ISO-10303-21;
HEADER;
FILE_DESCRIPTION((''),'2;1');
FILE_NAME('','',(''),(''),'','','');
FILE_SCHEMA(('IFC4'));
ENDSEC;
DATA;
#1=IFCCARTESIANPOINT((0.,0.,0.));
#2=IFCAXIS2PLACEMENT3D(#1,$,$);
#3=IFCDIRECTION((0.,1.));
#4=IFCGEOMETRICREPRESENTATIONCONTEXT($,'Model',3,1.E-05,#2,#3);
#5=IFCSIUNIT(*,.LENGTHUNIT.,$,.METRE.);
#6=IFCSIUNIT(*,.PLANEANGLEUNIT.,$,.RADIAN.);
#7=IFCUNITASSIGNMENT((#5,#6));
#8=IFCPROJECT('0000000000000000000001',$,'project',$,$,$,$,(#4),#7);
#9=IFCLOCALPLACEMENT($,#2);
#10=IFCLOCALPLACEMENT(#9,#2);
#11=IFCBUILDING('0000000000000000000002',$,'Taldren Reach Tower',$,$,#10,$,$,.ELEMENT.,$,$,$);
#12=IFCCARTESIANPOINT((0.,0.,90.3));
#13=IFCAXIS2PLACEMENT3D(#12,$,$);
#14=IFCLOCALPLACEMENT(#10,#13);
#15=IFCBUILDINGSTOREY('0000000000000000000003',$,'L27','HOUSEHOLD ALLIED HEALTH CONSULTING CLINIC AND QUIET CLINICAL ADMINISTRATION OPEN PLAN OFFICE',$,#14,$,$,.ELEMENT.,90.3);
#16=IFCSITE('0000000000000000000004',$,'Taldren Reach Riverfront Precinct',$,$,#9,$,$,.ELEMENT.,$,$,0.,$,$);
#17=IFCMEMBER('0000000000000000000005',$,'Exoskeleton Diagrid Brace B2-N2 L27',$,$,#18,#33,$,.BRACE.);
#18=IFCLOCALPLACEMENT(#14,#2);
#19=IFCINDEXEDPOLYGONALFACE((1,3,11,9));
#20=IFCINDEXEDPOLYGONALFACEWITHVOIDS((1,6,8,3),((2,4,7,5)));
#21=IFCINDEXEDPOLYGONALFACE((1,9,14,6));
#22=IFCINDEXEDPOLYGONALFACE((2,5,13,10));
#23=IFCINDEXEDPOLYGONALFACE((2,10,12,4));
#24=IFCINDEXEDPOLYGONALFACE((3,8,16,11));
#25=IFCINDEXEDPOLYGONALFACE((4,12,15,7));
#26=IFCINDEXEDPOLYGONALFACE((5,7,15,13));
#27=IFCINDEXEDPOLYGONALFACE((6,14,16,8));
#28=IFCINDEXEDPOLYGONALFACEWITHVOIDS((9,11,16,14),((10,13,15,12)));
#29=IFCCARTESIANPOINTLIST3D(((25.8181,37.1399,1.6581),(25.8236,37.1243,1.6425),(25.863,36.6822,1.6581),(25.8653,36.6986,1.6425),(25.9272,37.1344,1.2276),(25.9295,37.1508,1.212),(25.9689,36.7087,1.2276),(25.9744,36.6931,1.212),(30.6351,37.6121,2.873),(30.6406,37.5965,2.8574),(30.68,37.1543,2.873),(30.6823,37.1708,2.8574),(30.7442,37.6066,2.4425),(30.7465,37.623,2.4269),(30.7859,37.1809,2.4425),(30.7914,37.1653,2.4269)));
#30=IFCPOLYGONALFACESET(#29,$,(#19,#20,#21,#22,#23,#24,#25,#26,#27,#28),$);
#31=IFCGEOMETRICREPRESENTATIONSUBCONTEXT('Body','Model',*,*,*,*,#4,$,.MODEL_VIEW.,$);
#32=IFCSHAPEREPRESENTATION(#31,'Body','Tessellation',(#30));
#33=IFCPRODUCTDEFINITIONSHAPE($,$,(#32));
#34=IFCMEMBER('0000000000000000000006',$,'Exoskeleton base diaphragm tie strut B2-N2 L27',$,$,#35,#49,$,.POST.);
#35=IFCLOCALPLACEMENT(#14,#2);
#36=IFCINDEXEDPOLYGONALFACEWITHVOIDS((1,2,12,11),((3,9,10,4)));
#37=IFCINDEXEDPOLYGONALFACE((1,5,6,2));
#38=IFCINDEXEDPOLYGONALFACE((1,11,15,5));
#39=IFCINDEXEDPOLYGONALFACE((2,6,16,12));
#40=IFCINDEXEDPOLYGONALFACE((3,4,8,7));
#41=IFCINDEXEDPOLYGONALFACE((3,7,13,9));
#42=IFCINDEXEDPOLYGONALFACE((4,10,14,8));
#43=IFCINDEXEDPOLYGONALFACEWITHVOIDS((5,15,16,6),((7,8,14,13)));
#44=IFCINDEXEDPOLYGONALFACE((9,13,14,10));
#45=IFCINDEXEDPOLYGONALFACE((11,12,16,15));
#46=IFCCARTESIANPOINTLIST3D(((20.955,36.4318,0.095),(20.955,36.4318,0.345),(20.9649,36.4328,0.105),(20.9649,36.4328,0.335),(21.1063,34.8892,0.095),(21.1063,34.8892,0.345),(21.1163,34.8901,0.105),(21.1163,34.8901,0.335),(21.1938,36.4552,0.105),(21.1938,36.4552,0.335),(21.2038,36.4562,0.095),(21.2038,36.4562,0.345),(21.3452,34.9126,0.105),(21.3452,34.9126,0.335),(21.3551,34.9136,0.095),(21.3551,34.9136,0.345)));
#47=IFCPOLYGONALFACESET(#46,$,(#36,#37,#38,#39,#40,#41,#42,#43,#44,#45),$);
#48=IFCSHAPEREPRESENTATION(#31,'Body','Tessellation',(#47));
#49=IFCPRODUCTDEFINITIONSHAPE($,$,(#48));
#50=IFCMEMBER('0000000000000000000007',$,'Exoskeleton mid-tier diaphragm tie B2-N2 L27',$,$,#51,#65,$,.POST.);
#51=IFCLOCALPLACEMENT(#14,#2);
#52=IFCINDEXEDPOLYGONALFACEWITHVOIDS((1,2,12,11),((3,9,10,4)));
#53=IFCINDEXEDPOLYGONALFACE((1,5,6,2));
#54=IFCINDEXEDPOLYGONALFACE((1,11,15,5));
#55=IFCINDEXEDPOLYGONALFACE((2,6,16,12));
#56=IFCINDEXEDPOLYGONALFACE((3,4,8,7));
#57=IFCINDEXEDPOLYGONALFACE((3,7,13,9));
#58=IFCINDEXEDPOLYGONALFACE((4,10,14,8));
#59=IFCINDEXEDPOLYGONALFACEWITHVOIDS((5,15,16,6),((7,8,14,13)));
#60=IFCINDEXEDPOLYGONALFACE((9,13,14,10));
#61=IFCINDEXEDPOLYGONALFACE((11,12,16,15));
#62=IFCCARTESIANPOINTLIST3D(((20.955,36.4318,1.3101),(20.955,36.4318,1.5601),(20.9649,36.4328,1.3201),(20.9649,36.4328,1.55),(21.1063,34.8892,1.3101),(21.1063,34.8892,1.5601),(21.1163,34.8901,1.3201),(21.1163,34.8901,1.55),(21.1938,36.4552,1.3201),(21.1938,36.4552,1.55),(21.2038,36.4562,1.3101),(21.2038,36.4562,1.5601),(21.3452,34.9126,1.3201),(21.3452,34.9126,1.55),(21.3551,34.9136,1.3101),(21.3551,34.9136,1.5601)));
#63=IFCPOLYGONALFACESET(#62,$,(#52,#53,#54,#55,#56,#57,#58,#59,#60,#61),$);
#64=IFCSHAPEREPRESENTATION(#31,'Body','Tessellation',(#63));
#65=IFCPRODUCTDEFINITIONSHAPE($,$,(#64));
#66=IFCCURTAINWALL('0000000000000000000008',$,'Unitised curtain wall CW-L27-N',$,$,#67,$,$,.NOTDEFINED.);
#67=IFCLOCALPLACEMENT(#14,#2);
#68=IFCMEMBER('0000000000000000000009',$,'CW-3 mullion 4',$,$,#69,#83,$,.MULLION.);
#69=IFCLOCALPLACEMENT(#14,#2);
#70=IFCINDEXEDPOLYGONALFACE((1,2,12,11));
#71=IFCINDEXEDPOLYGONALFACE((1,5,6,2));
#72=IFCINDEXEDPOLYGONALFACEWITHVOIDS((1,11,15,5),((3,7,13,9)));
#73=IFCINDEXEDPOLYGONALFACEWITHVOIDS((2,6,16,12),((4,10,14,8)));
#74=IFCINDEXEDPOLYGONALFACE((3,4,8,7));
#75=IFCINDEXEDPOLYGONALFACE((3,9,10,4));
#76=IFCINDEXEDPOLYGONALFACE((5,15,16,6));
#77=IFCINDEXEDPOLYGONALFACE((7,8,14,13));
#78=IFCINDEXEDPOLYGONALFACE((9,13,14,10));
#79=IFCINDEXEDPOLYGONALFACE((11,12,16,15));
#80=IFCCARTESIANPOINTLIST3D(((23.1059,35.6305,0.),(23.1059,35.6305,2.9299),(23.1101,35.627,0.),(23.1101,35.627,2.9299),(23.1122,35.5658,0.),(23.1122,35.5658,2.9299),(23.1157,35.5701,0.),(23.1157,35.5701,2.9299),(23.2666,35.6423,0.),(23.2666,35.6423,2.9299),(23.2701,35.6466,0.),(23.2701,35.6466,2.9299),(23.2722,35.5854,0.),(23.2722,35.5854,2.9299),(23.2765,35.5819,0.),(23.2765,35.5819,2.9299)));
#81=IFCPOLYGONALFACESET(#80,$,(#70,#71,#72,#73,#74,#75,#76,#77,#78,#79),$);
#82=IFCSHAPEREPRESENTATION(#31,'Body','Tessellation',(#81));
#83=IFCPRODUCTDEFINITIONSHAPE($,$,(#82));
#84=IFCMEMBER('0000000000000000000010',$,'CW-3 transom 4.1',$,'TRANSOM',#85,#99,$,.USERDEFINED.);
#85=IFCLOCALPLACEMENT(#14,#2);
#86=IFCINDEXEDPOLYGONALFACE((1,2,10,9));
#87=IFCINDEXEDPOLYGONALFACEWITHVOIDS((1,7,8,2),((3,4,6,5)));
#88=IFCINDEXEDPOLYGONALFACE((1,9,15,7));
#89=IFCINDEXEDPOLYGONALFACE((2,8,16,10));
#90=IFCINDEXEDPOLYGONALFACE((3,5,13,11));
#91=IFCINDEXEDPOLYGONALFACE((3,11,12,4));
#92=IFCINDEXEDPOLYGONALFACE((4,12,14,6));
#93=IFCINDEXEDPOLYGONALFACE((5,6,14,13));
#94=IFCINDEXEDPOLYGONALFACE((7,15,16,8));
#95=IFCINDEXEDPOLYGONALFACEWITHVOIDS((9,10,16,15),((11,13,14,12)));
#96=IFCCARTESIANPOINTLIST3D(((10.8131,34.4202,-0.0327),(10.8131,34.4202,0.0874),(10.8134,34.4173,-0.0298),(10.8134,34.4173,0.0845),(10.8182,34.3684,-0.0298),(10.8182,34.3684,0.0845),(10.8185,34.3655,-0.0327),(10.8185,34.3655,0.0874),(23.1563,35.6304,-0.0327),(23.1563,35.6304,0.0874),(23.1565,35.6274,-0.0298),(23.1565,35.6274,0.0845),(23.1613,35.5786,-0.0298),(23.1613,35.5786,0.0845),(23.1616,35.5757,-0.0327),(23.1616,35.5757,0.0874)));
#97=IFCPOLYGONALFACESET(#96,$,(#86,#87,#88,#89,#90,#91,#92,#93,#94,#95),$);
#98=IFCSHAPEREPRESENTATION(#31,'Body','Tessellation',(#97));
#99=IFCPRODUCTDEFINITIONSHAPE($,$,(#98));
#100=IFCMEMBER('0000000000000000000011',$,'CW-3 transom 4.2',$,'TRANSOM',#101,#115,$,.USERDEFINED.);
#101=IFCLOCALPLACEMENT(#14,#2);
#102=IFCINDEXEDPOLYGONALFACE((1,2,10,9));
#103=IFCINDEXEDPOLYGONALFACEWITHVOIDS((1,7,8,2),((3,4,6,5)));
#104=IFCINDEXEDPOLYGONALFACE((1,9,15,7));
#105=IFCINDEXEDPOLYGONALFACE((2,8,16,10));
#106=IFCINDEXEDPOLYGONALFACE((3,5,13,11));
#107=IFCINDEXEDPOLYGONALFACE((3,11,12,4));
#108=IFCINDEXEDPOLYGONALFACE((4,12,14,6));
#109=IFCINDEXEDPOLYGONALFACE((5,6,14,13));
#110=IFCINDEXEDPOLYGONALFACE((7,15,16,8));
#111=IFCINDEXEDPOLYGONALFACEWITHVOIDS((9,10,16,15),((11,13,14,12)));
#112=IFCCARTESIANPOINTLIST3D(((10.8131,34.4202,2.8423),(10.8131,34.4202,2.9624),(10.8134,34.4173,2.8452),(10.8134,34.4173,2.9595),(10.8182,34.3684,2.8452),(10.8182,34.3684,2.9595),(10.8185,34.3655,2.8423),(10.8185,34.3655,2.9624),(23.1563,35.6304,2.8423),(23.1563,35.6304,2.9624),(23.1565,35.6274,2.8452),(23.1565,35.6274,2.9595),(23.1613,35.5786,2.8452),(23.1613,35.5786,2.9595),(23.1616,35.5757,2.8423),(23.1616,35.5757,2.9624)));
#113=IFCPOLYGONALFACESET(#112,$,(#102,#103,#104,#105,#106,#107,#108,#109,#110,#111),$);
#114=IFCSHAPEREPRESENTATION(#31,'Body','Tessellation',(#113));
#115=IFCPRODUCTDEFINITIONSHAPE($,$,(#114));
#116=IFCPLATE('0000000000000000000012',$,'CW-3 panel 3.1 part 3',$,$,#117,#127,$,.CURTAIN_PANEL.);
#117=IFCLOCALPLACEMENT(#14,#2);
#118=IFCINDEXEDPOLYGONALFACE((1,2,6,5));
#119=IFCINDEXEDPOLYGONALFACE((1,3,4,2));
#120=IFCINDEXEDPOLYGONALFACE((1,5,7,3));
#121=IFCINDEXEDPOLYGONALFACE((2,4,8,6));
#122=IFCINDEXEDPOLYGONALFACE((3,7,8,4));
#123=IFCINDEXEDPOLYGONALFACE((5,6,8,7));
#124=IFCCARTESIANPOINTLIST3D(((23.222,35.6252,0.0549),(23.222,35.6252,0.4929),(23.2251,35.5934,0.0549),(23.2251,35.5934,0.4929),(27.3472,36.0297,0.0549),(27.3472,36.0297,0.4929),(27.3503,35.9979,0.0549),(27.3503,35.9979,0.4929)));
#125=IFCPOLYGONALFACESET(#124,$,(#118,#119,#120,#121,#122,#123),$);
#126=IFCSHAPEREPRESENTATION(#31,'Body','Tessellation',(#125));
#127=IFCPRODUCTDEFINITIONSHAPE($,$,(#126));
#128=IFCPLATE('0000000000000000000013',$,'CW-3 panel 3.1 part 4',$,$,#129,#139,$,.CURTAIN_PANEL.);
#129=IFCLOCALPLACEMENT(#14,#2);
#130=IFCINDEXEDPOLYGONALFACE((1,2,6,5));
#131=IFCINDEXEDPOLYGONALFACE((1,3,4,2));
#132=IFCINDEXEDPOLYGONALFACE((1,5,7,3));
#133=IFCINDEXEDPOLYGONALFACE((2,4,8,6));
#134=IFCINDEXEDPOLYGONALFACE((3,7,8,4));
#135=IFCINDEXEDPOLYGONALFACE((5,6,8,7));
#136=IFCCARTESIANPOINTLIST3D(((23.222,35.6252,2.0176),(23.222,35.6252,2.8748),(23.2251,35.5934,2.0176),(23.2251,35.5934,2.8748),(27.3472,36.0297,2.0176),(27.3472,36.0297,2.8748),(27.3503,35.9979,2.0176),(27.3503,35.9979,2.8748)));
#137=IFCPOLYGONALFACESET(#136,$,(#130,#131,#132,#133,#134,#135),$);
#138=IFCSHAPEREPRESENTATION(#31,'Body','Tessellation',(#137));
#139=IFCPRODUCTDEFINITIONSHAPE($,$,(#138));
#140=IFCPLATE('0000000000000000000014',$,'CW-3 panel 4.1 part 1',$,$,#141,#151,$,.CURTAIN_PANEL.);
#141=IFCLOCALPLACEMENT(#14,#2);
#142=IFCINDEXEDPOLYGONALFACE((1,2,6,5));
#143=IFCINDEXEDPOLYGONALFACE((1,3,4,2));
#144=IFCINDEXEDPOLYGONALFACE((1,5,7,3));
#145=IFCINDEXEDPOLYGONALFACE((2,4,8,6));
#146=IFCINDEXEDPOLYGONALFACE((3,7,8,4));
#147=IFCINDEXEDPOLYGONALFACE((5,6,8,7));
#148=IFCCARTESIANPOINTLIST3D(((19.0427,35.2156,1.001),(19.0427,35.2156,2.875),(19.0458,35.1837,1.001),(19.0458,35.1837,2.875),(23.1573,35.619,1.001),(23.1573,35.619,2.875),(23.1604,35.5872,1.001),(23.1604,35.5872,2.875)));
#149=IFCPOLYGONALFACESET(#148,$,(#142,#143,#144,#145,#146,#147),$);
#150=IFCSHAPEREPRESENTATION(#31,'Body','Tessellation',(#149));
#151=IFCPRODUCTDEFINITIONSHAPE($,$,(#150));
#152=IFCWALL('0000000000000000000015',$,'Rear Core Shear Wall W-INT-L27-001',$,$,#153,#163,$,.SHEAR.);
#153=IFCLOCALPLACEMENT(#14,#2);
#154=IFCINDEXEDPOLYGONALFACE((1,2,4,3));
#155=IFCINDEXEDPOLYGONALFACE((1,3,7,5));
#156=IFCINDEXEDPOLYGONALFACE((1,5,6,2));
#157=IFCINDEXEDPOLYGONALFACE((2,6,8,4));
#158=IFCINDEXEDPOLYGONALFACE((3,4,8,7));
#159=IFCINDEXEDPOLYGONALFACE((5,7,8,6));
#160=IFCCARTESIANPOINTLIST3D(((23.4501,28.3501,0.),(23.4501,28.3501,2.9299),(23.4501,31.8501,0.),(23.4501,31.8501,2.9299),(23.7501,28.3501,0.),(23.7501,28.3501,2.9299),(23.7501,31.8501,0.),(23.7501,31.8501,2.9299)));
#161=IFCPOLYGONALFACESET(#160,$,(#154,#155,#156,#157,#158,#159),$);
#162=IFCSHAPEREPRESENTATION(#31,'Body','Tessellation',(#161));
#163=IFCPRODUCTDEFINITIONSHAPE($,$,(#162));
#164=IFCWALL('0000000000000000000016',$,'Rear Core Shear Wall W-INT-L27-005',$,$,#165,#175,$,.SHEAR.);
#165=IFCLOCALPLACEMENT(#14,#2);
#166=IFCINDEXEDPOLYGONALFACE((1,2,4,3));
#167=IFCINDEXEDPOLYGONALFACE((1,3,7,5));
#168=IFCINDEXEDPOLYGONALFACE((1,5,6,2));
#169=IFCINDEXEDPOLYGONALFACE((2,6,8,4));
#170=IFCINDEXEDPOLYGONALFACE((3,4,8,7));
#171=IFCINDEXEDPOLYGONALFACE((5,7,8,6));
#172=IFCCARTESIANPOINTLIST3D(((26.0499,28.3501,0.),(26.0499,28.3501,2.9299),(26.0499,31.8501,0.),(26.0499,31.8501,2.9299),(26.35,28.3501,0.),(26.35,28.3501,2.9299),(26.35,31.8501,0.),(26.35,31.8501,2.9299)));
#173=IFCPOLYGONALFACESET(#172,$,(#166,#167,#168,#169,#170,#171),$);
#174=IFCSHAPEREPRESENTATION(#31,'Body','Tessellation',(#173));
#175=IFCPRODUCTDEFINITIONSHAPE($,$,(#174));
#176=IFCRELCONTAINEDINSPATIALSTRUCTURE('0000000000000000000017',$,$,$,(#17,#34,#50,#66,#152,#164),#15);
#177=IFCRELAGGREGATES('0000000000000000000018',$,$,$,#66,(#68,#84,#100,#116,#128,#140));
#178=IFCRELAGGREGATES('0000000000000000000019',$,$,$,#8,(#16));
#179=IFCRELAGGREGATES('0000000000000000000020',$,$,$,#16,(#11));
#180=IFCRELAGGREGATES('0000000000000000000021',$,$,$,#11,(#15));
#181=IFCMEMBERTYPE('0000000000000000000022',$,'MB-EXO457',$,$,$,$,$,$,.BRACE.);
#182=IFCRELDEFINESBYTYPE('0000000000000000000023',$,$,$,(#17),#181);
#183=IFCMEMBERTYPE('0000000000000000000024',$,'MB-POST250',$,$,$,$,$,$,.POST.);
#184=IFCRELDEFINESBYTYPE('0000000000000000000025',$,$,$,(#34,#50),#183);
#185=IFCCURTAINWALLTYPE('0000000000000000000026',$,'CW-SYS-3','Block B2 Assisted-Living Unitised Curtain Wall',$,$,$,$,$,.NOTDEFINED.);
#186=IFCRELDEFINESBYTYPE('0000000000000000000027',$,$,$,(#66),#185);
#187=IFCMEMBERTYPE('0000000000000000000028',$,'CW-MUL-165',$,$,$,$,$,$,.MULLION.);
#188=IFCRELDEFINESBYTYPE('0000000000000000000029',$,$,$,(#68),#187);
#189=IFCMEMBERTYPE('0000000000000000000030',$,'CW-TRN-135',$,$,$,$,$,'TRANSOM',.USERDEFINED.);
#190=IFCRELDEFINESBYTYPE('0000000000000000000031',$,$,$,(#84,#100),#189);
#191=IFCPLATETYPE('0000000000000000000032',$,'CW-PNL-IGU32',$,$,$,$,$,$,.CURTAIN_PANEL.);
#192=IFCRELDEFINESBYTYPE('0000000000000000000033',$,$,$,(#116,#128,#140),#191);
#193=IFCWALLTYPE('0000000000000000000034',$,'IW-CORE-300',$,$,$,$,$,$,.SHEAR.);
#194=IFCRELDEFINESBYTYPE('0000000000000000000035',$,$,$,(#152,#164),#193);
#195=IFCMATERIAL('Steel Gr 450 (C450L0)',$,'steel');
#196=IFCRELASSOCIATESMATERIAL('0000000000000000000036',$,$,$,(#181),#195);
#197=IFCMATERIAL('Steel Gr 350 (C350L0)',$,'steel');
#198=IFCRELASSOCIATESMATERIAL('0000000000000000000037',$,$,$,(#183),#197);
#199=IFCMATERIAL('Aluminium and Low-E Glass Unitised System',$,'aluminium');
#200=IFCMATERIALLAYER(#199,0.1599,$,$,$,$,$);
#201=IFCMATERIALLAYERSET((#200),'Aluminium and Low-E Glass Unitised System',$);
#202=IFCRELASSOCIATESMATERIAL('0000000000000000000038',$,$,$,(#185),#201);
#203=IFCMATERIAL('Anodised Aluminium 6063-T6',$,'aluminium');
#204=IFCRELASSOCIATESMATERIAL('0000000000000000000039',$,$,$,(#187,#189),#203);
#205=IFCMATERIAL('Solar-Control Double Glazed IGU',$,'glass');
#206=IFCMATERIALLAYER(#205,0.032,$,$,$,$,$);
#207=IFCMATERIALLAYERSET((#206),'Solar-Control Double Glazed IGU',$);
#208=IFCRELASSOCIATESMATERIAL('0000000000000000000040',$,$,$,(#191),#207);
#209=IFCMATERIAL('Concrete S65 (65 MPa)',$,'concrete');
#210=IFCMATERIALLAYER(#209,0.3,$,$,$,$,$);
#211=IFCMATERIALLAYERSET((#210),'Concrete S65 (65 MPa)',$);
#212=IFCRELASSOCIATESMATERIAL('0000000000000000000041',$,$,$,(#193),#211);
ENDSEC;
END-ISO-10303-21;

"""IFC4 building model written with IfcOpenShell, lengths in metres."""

from ifc_helpers import new_model, si_unit, direction, frame, frame_2d, origin, origin_2d, place, context, subcontext, project, spatial, rectangle, hollow_rectangle, extrude, source, transform, mapped, material, layer, layer_set, material_profile, profile_set, type_object, element, aggregate, save


model = new_model("IFC4")

# Units and contexts
model_context = context("Model", 3, precision=1e-05, world=origin(), true_north=direction((0.0, 1.0)))
body_context = subcontext(model_context, "Body", "Model", "MODEL_VIEW")
ifc_project = project(units=[si_unit("LENGTHUNIT", "METRE"), si_unit("PLANEANGLEUNIT", "RADIAN")], contexts=[model_context])

# Site, building, storey
site_placement = place(None, origin())
site = spatial("IfcSite", under=ifc_project, at=site_placement, Name="Taldren Reach Riverfront Precinct", CompositionType="ELEMENT", RefElevation=0.0)
building_placement = place(site_placement, origin())
building = spatial("IfcBuilding", under=site, at=building_placement, Name="Taldren Reach Tower", CompositionType="ELEMENT")
storey_placement = place(building_placement, frame((0.0, 0.0, 90.3)))
storey = spatial("IfcBuildingStorey", under=building, at=storey_placement, Name="L27", Description="HOUSEHOLD ALLIED HEALTH CONSULTING CLINIC AND QUIET CLINICAL ADMINISTRATION OPEN PLAN OFFICE", CompositionType="ELEMENT", Elevation=90.3)

# Shared definitions
ifc_material_1 = material(Name="Concrete S65 (65 MPa)", Category="concrete")

# Members
ifc_material_2 = material(Name="Steel Gr 450 (C450L0)", Category="steel")
ifc_material_profile_1 = material_profile(ifc_material_2, hollow_rectangle(XDim=0.46, YDim=0.46, WallThickness=0.0161, at=origin_2d()), Name="460x460x16.0SHS")
ifc_profile_set_1 = profile_set([ifc_material_profile_1], Name="Steel Gr 450 (C450L0)")
member_type_1 = type_object("IfcMemberType", Name="MB-EXO457", PredefinedType="BRACE", material=ifc_profile_set_1)
shared_shape_1 = source(origin(), body_context, "Body", "SweptSolid", [
    extrude(hollow_rectangle(XDim=0.46, YDim=0.46, WallThickness=0.0161, at=origin_2d()), origin(), (0.0, 0.0, 1.0), 4.9902),
])
member_1_placement = place(storey_placement, frame((25.8962, 36.9165, 1.4351), z_axis=(0.965287, 0.094621, 0.24345), x_axis=(-0.097556, 0.99523, 0.0)))
element("IfcMember", 1, at=member_1_placement, inside=storey, type_object=member_type_1, Name="Exoskeleton Diagrid Brace B2-N2 L27", PredefinedType="BRACE", context=body_context, shape_type="MappedRepresentation", body=[
    mapped(shared_shape_1, transform((0.0, 0.0, 0.0), scale=1.0)),
])
ifc_material_3 = material(Name="Steel Gr 350 (C350L0)", Category="steel")
ifc_material_profile_2 = material_profile(ifc_material_3, hollow_rectangle(XDim=0.25, YDim=0.25, WallThickness=0.01, at=origin_2d()), Name="250x250x10.0SHS")
ifc_profile_set_2 = profile_set([ifc_material_profile_2], Name="Steel Gr 350 (C350L0)")
member_type_2 = type_object("IfcMemberType", Name="MB-POST250", PredefinedType="POST", material=ifc_profile_set_2)
shared_shape_2 = source(origin(), body_context, "Body", "SweptSolid", [
    extrude(hollow_rectangle(XDim=0.25, YDim=0.25, WallThickness=0.01, at=origin_2d()), origin(), (0.0, 0.0, 1.0), 1.55),
])
for number, where, z_axis, x_axis, name in (
    (2, (21.2307, 34.9014, 0.22), (-0.097648, 0.995221, 0.0), (-0.995221, -0.097648, 0.0), "Exoskeleton base diaphragm tie strut B2-N2 L27"),
    (3, (21.2307, 34.9014, 1.4351), (-0.097648, 0.995221, 0.0), (-0.995221, -0.097648, 0.0), "Exoskeleton mid-tier diaphragm tie B2-N2 L27"),
):
    element("IfcMember", number, at=place(storey_placement, frame(where, z_axis=z_axis, x_axis=x_axis)), inside=storey, type_object=member_type_2, Name=name, PredefinedType="POST", context=body_context, shape_type="MappedRepresentation", body=[
        mapped(shared_shape_2, transform((0.0, 0.0, 0.0), scale=1.0)),
    ])

# Curtain wall, members, plates
ifc_material_4 = material(Name="Aluminium and Low-E Glass Unitised System", Category="aluminium")
ifc_layer_1 = layer(ifc_material_4, 0.1599)
ifc_layer_set_1 = layer_set([ifc_layer_1], Name="Aluminium and Low-E Glass Unitised System")
curtain_wall_type = type_object("IfcCurtainWallType", Name="CW-SYS-3", Description="Block B2 Assisted-Living Unitised Curtain Wall", PredefinedType="NOTDEFINED", material=ifc_layer_set_1)
curtain_wall_placement = place(storey_placement, origin())
curtain_wall = element("IfcCurtainWall", 4, at=curtain_wall_placement, inside=storey, type_object=curtain_wall_type, Name="Unitised curtain wall CW-L27-N", PredefinedType="NOTDEFINED")
ifc_material_5 = material(Name="Anodised Aluminium 6063-T6", Category="aluminium")
ifc_material_profile_3 = material_profile(ifc_material_5, hollow_rectangle(XDim=0.0649, YDim=0.165, WallThickness=0.0039, at=origin_2d()), Name="ALU-165x65x4RHS")
ifc_profile_set_3 = profile_set([ifc_material_profile_3], Name="Anodised Aluminium 6063-T6")
member_type_3 = type_object("IfcMemberType", Name="CW-MUL-165", PredefinedType="MULLION", material=ifc_profile_set_3)
shared_shape_3 = source(origin(), body_context, "Body", "SweptSolid", [
    extrude(hollow_rectangle(XDim=0.0649, YDim=0.165, WallThickness=0.0039, at=origin_2d()), origin(), (0.0, 0.0, 1.0), 2.9299),
])
member_2_placement = place(storey_placement, frame((23.1912, 35.6062, 0.0), z_axis=(0.0, 0.0, 1.0), x_axis=(0.097583, -0.995227, 0.0)))
member_2 = element("IfcMember", 5, at=member_2_placement, type_object=member_type_3, Name="CW-3 mullion 4", PredefinedType="MULLION", context=body_context, shape_type="MappedRepresentation", body=[
    mapped(shared_shape_3, transform((0.0, 0.0, 0.0), scale=1.0)),
])
ifc_material_profile_4 = material_profile(ifc_material_5, hollow_rectangle(XDim=0.0549, YDim=0.1201, WallThickness=0.0029, at=origin_2d()), Name="ALU-120x55x3RHS")
ifc_profile_set_4 = profile_set([ifc_material_profile_4], Name="Anodised Aluminium 6063-T6")
member_type_4 = type_object("IfcMemberType", Name="CW-TRN-135", ElementType="TRANSOM", PredefinedType="USERDEFINED", material=ifc_profile_set_4)
shared_shape_4 = source(origin(), body_context, "Body", "SweptSolid", [
    extrude(hollow_rectangle(XDim=0.0549, YDim=0.1201, WallThickness=0.0029, at=origin_2d()), origin(), (0.0, 0.0, 1.0), 12.4023),
])
member_3_placement = place(storey_placement, frame((23.1589, 35.603, 0.0273), z_axis=(-0.995228, -0.097578, 0.0), x_axis=(0.097578, -0.995228, 0.0)))
member_3 = element("IfcMember", 6, at=member_3_placement, type_object=member_type_4, Name="CW-3 transom 4.1", ObjectType="TRANSOM", PredefinedType="USERDEFINED", context=body_context, shape_type="MappedRepresentation", body=[
    mapped(shared_shape_4, transform((0.0, 0.0, 0.0), scale=1.0)),
])
member_4_placement = place(storey_placement, frame((23.1589, 35.603, 2.9023), z_axis=(-0.995228, -0.097578, 0.0), x_axis=(0.097578, -0.995228, 0.0)))
member_4 = element("IfcMember", 7, at=member_4_placement, type_object=member_type_4, Name="CW-3 transom 4.2", ObjectType="TRANSOM", PredefinedType="USERDEFINED", context=body_context, shape_type="MappedRepresentation", body=[
    mapped(shared_shape_4, transform((0.0, 0.0, 0.0), scale=1.0)),
])
ifc_material_6 = material(Name="Solar-Control Double Glazed IGU", Category="glass")
ifc_layer_2 = layer(ifc_material_6, 0.032)
ifc_layer_set_2 = layer_set([ifc_layer_2], Name="Solar-Control Double Glazed IGU")
plate_type = type_object("IfcPlateType", Name="CW-PNL-IGU32", PredefinedType="CURTAIN_PANEL", material=ifc_layer_set_2)
shared_shape_5 = source(origin(), body_context, "Body", "SweptSolid", [
    extrude(rectangle(XDim=4.145, YDim=0.032, at=origin_2d()), origin(), (0.0, 0.0, 1.0), 0.438),
])
plate_1_placement = place(storey_placement, frame((25.2861, 35.8115, 0.0549), z_axis=(0.0, 0.0, 1.0), x_axis=(-0.995227, -0.097583, 0.0)))
plate_1 = element("IfcPlate", 8, at=plate_1_placement, type_object=plate_type, Name="CW-3 panel 3.1 part 3", PredefinedType="CURTAIN_PANEL", context=body_context, shape_type="MappedRepresentation", body=[
    mapped(shared_shape_5, transform((0.0, 0.0, 0.0), scale=1.0)),
])
shared_shape_6 = source(origin(), body_context, "Body", "SweptSolid", [
    extrude(rectangle(XDim=4.145, YDim=0.032, at=origin_2d()), origin(), (0.0, 0.0, 1.0), 0.8572),
])
plate_2_placement = place(storey_placement, frame((25.2861, 35.8115, 2.0176), z_axis=(0.0, 0.0, 1.0), x_axis=(-0.995227, -0.097583, 0.0)))
plate_2 = element("IfcPlate", 9, at=plate_2_placement, type_object=plate_type, Name="CW-3 panel 3.1 part 4", PredefinedType="CURTAIN_PANEL", context=body_context, shape_type="MappedRepresentation", body=[
    mapped(shared_shape_6, transform((0.0, 0.0, 0.0), scale=1.0)),
])
shared_shape_7 = source(origin(), body_context, "Body", "SweptSolid", [
    extrude(rectangle(XDim=4.1343, YDim=0.032, at=origin_2d()), origin(), (0.0, 0.0, 1.0), 1.874),
])
plate_3_placement = place(storey_placement, frame((21.1016, 35.4014, 1.001), z_axis=(0.0, 0.0, 1.0), x_axis=(-0.995227, -0.097583, 0.0)))
plate_3 = element("IfcPlate", 10, at=plate_3_placement, type_object=plate_type, Name="CW-3 panel 4.1 part 1", PredefinedType="CURTAIN_PANEL", context=body_context, shape_type="MappedRepresentation", body=[
    mapped(shared_shape_7, transform((0.0, 0.0, 0.0), scale=1.0)),
])
aggregate(curtain_wall, [member_2, member_3, member_4, plate_1, plate_2, plate_3])

# Walls
ifc_layer_3 = layer(ifc_material_1, 0.3)
ifc_layer_set_3 = layer_set([ifc_layer_3], Name="Concrete S65 (65 MPa)")
wall_type_1 = type_object("IfcWallType", Name="IW-CORE-300", PredefinedType="SHEAR", material=ifc_layer_set_3)
shared_shape_8 = source(origin(), body_context, "Body", "SweptSolid", [
    extrude(rectangle(XDim=3.5, YDim=0.3, at=frame_2d((1.75, 0.0))), origin(), (0.0, 0.0, 1.0), 2.9299),
])
for number, where, z_axis, x_axis, name in (
    (11, (23.6001, 28.3501, 0.0), (0.0, 0.0, 1.0), (0.0, 1.0, 0.0), "Rear Core Shear Wall W-INT-L27-001"),
    (12, (26.2, 28.3501, 0.0), (0.0, 0.0, 1.0), (0.0, 1.0, 0.0), "Rear Core Shear Wall W-INT-L27-005"),
):
    element("IfcWall", number, at=place(storey_placement, frame(where, z_axis=z_axis, x_axis=x_axis)), inside=storey, type_object=wall_type_1, Name=name, PredefinedType="SHEAR", context=body_context, shape_type="MappedRepresentation", body=[
        mapped(shared_shape_8, transform((0.0, 0.0, 0.0), scale=1.0)),
    ])

save(model, "model.ifc")
